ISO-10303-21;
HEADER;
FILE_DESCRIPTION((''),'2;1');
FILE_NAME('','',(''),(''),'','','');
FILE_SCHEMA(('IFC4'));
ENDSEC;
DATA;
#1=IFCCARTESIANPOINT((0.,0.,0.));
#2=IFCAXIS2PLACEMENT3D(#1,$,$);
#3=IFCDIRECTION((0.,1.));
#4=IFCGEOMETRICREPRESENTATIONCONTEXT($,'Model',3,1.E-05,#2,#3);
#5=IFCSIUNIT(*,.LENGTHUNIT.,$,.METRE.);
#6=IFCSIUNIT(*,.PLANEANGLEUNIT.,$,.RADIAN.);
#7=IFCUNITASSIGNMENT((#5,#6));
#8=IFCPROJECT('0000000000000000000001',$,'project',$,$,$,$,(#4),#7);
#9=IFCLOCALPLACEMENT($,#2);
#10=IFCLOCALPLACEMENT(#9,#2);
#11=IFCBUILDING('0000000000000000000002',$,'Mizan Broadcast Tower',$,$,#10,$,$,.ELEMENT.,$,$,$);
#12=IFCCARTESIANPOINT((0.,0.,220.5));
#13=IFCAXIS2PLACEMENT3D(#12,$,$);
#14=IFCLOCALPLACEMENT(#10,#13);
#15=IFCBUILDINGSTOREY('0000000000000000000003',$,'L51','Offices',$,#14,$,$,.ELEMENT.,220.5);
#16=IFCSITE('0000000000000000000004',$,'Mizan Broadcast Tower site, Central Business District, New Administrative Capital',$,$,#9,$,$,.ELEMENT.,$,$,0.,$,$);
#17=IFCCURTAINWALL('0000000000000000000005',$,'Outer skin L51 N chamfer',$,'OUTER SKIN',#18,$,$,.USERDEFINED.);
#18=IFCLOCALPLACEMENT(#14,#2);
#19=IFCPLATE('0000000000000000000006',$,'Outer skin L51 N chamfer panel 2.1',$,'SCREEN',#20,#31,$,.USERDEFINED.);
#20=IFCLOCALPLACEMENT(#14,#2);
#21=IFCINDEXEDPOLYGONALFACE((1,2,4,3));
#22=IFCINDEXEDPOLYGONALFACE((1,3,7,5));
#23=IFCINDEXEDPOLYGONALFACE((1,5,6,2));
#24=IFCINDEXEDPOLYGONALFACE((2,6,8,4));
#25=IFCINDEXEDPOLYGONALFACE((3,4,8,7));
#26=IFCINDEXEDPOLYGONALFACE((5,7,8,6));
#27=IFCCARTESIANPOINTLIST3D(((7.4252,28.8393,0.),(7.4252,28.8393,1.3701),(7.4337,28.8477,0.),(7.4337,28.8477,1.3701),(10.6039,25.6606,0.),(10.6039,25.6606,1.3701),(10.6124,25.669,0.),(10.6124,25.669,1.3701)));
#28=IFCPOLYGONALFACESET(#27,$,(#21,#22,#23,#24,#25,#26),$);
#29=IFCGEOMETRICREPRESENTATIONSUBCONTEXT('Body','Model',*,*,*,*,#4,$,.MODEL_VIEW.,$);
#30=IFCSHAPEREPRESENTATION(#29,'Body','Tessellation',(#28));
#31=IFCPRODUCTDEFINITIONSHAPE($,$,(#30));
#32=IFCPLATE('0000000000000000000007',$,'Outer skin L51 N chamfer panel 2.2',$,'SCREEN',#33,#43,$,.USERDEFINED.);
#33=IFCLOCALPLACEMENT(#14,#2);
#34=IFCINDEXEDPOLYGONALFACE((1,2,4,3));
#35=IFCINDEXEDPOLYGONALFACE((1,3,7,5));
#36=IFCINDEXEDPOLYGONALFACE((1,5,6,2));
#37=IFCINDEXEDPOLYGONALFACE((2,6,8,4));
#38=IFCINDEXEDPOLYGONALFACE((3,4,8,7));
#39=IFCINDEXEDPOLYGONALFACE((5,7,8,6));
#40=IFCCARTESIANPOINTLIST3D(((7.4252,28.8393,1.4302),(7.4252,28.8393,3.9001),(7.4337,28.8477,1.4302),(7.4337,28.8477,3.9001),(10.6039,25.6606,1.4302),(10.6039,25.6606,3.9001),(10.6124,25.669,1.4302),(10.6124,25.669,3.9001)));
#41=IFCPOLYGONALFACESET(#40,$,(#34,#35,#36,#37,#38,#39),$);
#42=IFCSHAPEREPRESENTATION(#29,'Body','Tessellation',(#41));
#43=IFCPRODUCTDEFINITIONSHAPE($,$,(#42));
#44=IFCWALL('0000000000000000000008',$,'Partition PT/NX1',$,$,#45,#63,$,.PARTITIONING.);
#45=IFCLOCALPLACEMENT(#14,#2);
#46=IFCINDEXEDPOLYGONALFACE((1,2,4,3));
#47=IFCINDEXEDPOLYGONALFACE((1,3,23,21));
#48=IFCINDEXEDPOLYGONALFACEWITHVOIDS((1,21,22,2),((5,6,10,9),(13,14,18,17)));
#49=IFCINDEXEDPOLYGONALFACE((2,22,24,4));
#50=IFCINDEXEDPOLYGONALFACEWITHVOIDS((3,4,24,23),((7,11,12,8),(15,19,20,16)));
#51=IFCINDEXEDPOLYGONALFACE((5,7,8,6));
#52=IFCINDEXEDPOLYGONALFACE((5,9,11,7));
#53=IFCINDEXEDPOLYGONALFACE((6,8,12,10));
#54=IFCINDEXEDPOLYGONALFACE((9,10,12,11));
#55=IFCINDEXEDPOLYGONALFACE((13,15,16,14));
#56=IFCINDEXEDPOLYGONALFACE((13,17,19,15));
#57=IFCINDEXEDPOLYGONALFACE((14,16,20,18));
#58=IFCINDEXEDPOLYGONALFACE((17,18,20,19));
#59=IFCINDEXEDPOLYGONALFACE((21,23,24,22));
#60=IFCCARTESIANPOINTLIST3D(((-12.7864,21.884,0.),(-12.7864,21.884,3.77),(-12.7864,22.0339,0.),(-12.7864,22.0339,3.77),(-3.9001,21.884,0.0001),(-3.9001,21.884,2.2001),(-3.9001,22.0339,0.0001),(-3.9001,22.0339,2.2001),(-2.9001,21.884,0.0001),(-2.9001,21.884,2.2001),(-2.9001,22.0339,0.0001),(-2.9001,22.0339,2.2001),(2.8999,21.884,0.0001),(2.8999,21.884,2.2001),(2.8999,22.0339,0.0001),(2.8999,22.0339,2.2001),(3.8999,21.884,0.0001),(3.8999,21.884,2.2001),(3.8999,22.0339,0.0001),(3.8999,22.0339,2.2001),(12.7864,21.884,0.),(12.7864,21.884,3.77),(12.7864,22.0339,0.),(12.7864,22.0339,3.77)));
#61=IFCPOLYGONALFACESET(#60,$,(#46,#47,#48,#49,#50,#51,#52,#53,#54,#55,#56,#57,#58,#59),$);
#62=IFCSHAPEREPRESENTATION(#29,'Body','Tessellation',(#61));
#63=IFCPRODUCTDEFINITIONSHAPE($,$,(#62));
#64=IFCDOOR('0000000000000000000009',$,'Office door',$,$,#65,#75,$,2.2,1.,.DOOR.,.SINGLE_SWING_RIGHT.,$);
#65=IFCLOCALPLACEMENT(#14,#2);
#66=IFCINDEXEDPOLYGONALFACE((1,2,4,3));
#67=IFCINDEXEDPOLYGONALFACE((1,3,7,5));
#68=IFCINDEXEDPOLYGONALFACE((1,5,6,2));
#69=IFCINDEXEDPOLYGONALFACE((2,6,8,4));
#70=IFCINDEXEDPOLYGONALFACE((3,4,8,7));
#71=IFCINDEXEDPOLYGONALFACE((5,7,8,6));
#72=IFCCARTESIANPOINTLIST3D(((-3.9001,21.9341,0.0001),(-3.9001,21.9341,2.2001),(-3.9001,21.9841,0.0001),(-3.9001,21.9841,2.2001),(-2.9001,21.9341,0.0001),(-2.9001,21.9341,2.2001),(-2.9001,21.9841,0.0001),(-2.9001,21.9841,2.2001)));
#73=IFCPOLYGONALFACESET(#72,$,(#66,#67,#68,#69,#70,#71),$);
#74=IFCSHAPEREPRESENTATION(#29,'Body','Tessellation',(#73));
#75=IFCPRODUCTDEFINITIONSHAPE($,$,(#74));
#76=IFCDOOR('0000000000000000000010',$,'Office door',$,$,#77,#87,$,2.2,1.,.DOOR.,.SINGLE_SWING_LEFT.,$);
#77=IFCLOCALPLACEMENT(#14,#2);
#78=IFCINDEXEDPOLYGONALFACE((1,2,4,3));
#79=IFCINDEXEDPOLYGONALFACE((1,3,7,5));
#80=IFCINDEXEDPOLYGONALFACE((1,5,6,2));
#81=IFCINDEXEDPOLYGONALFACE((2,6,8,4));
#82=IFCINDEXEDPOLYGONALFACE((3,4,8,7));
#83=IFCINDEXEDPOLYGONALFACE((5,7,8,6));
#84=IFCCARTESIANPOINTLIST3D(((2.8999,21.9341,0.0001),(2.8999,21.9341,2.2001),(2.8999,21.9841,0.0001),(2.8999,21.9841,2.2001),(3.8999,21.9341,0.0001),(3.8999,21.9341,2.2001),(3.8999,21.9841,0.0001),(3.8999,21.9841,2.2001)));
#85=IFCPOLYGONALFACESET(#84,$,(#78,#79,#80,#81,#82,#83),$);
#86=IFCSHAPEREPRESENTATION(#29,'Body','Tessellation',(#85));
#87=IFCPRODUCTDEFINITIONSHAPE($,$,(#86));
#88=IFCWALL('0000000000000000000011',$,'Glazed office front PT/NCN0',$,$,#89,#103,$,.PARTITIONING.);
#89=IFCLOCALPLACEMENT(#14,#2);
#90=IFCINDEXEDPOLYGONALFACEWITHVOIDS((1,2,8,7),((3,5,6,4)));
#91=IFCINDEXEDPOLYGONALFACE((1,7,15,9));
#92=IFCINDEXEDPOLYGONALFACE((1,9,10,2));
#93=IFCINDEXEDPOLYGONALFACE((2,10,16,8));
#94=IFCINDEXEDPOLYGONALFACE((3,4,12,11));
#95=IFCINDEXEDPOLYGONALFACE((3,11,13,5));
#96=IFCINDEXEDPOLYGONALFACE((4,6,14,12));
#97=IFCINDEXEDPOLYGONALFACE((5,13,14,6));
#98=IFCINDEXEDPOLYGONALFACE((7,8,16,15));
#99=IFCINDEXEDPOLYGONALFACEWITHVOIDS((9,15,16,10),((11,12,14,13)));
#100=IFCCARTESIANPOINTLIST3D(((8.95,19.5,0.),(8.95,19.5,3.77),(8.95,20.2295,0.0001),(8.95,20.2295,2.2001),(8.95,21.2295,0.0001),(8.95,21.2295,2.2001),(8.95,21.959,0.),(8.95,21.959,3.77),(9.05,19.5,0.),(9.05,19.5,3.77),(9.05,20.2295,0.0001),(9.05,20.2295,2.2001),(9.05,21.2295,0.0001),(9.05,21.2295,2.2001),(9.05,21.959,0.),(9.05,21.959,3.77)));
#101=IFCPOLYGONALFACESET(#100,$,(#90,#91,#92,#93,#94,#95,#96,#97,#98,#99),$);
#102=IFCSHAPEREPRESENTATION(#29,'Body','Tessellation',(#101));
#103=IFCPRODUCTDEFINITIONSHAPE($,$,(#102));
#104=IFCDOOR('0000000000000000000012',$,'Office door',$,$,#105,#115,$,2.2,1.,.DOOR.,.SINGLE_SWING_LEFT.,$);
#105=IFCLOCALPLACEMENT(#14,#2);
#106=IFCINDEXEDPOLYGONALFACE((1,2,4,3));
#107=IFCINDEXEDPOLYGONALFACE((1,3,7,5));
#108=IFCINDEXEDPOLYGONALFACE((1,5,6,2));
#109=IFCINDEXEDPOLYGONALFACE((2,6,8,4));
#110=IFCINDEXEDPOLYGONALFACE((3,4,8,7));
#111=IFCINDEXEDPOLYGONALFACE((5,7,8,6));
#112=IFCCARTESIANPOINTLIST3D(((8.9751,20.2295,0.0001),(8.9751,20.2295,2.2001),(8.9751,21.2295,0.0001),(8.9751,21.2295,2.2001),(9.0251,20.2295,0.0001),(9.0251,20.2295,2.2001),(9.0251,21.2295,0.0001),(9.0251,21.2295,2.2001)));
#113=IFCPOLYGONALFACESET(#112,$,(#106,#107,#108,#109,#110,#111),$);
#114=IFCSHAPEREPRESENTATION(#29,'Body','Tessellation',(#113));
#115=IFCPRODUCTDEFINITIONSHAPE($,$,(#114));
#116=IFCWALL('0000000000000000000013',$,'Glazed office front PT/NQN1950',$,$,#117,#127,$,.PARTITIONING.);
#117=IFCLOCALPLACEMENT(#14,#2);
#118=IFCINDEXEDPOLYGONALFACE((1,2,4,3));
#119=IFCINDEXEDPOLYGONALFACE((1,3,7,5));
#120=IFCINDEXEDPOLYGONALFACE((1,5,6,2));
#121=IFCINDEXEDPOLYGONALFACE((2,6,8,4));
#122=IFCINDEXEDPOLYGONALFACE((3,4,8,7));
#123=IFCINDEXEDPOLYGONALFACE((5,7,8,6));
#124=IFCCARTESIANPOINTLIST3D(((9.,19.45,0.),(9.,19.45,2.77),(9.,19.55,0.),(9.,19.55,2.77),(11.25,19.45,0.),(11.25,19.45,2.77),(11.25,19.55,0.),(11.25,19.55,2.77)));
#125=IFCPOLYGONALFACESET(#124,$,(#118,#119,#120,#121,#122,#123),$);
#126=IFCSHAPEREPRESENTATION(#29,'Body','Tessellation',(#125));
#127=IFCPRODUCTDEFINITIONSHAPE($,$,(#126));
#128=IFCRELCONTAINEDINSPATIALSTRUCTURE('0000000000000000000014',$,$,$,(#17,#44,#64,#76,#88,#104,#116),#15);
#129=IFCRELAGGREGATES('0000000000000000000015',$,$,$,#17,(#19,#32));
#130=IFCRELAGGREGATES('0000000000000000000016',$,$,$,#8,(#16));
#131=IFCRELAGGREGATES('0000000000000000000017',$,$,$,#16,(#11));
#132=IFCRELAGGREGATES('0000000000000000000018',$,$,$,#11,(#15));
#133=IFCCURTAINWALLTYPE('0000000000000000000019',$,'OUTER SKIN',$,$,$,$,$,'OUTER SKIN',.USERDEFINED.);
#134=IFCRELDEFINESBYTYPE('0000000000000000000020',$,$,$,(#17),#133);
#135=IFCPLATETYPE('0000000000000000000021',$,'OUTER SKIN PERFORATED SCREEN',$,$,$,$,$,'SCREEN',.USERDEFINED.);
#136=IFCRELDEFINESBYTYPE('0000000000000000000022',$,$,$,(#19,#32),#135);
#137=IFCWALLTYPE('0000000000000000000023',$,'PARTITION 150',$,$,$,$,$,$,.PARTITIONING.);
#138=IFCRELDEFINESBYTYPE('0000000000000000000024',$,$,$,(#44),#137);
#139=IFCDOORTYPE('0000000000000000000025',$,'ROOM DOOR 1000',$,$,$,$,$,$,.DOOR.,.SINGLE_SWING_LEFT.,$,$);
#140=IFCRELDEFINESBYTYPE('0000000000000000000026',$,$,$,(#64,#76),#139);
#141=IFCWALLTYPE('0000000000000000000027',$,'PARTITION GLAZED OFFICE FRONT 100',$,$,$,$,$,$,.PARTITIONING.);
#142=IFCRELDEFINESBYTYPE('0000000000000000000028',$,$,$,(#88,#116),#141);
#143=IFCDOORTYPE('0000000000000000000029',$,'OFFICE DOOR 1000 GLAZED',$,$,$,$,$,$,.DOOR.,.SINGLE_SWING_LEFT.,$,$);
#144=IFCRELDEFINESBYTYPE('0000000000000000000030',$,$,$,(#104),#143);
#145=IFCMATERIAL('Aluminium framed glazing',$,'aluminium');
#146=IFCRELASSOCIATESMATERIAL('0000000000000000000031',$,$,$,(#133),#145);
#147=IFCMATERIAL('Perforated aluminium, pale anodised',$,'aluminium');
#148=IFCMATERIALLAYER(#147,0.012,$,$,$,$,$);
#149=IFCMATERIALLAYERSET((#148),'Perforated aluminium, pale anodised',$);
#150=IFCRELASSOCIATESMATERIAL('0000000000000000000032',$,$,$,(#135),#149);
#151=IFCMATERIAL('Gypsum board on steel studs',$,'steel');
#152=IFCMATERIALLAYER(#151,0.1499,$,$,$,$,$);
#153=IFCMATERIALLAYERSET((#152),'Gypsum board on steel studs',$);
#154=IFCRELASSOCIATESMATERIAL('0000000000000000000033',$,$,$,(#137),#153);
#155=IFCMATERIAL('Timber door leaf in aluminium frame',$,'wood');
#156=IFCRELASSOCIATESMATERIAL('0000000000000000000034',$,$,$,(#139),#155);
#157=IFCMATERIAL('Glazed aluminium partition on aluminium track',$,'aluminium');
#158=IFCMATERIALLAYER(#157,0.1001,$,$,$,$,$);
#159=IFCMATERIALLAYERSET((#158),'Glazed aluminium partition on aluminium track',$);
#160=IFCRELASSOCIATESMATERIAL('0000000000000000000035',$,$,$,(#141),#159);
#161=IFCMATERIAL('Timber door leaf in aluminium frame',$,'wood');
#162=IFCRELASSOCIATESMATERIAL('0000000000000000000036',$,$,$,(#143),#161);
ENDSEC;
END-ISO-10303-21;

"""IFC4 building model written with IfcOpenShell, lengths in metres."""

from ifc_helpers import new_model, si_unit, direction, frame, frame_2d, origin, origin_2d, place, context, subcontext, project, spatial, rectangle, extrude, material, layer, layer_set, type_object, element, fill, aggregate, save


model = new_model("IFC4")

# Units and contexts
model_context = context("Model", 3, precision=1e-05, world=origin(), true_north=direction((0.0, 1.0)))
body_context = subcontext(model_context, "Body", "Model", "MODEL_VIEW")
ifc_project = project(units=[si_unit("LENGTHUNIT", "METRE"), si_unit("PLANEANGLEUNIT", "RADIAN")], contexts=[model_context])

# Site, building, storey
site_placement = place(None, origin())
site = spatial("IfcSite", under=ifc_project, at=site_placement, Name="Mizan Broadcast Tower site, Central Business District, New Administrative Capital", CompositionType="ELEMENT", RefElevation=0.0)
building_placement = place(site_placement, origin())
building = spatial("IfcBuilding", under=site, at=building_placement, Name="Mizan Broadcast Tower", CompositionType="ELEMENT")
storey_placement = place(building_placement, frame((0.0, 0.0, 220.5)))
storey = spatial("IfcBuildingStorey", under=building, at=storey_placement, Name="L51", Description="Offices", CompositionType="ELEMENT", Elevation=220.5)

# Curtain wall
ifc_material_1 = material(Name="Aluminium framed glazing", Category="aluminium")
curtain_wall_type_1 = type_object("IfcCurtainWallType", Name="OUTER SKIN", ElementType="OUTER SKIN", PredefinedType="USERDEFINED", material=ifc_material_1)
curtain_wall_1_placement = place(storey_placement, origin())
curtain_wall_1 = element("IfcCurtainWall", 1, at=curtain_wall_1_placement, inside=storey, type_object=curtain_wall_type_1, Name="Outer skin L51 N chamfer", ObjectType="OUTER SKIN", PredefinedType="USERDEFINED")

# Plates
ifc_material_2 = material(Name="Perforated aluminium, pale anodised", Category="aluminium")
ifc_layer_1 = layer(ifc_material_2, 0.012)
ifc_layer_set_1 = layer_set([ifc_layer_1], Name="Perforated aluminium, pale anodised")
plate_type_1 = type_object("IfcPlateType", Name="OUTER SKIN PERFORATED SCREEN", ElementType="SCREEN", PredefinedType="USERDEFINED", material=ifc_layer_set_1)
plate_1_placement = place(storey_placement, frame((9.0188, 27.2542, 0.0), z_axis=(0.0, 0.0, 1.0), x_axis=(-0.707107, 0.707107, 0.0)))
plate_1 = element("IfcPlate", 2, at=plate_1_placement, type_object=plate_type_1, Name="Outer skin L51 N chamfer panel 2.1", ObjectType="SCREEN", PredefinedType="USERDEFINED", context=body_context, shape_type="SweptSolid", body=[
    extrude(rectangle(XDim=4.4954, YDim=0.012, at=origin_2d()), origin(), (0.0, 0.0, 1.0), 1.3701),
])
plate_2_placement = place(storey_placement, frame((9.0188, 27.2542, 1.4302), z_axis=(0.0, 0.0, 1.0), x_axis=(-0.707107, 0.707107, 0.0)))
plate_2 = element("IfcPlate", 3, at=plate_2_placement, type_object=plate_type_1, Name="Outer skin L51 N chamfer panel 2.2", ObjectType="SCREEN", PredefinedType="USERDEFINED", context=body_context, shape_type="SweptSolid", body=[
    extrude(rectangle(XDim=4.4954, YDim=0.012, at=origin_2d()), origin(), (0.0, 0.0, 1.0), 2.47),
])
aggregate(curtain_wall_1, [plate_1, plate_2])

# Wall, openings, doors
ifc_material_3 = material(Name="Gypsum board on steel studs", Category="steel")
ifc_layer_2 = layer(ifc_material_3, 0.1499)
ifc_layer_set_2 = layer_set([ifc_layer_2], Name="Gypsum board on steel studs")
wall_type_1 = type_object("IfcWallType", Name="PARTITION 150", PredefinedType="PARTITIONING", material=ifc_layer_set_2)
wall_1_placement = place(storey_placement, frame((12.7864, 21.959, 0.0), z_axis=(0.0, 0.0, 1.0), x_axis=(-1.0, 0.0, 0.0)))
wall_1 = element("IfcWall", 4, at=wall_1_placement, inside=storey, type_object=wall_type_1, Name="Partition PT/NX1", PredefinedType="PARTITIONING", context=body_context, shape_type="SweptSolid", body=[
    extrude(rectangle(XDim=25.5728, YDim=0.1499, at=frame_2d((12.7864, 0.0))), origin(), (0.0, 0.0, 1.0), 3.77),
])
opening_1_placement = place(wall_1_placement, frame((15.6865, 0.0, 0.0)))
opening_1 = element("IfcOpeningElement", 5, at=opening_1_placement, cuts=wall_1, PredefinedType="OPENING", context=body_context, shape_type="SweptSolid", body=[
    extrude(rectangle(XDim=1.0, YDim=2.2, at=frame_2d((0.5, 1.1001))), frame((0.0, 0.085, 0.0), z_axis=(0.0, -1.0, 0.0), x_axis=(1.0, 0.0, 0.0)), (0.0, 0.0, 1.0), 0.1699),
])
opening_2_placement = place(wall_1_placement, frame((8.8865, 0.0, 0.0)))
opening_2 = element("IfcOpeningElement", 6, at=opening_2_placement, cuts=wall_1, PredefinedType="OPENING", context=body_context, shape_type="SweptSolid", body=[
    extrude(rectangle(XDim=1.0, YDim=2.2, at=frame_2d((0.5, 1.1001))), frame((0.0, 0.085, 0.0), z_axis=(0.0, -1.0, 0.0), x_axis=(1.0, 0.0, 0.0)), (0.0, 0.0, 1.0), 0.1699),
])
ifc_material_4 = material(Name="Timber door leaf in aluminium frame", Category="wood")
door_type_1 = type_object("IfcDoorType", Name="ROOM DOOR 1000", OperationType="SINGLE_SWING_LEFT", PredefinedType="DOOR", material=ifc_material_4)
door_1_placement = place(opening_1_placement, origin())
door_1 = element("IfcDoor", 7, at=door_1_placement, inside=storey, type_object=door_type_1, Name="Office door", OperationType="SINGLE_SWING_RIGHT", OverallHeight=2.2, OverallWidth=1.0, PredefinedType="DOOR", context=body_context, shape_type="SweptSolid", body=[
    extrude(rectangle(XDim=1.0, YDim=2.2, at=frame_2d((0.5, 1.1001))), frame((0.0, 0.0249, 0.0), z_axis=(0.0, -1.0, 0.0), x_axis=(1.0, 0.0, 0.0)), (0.0, 0.0, 1.0), 0.05),
])
fill(opening_1, door_1)
door_2_placement = place(opening_2_placement, origin())
door_2 = element("IfcDoor", 8, at=door_2_placement, inside=storey, type_object=door_type_1, Name="Office door", OperationType="SINGLE_SWING_LEFT", OverallHeight=2.2, OverallWidth=1.0, PredefinedType="DOOR", context=body_context, shape_type="SweptSolid", body=[
    extrude(rectangle(XDim=1.0, YDim=2.2, at=frame_2d((0.5, 1.1001))), frame((0.0, 0.0249, 0.0), z_axis=(0.0, -1.0, 0.0), x_axis=(1.0, 0.0, 0.0)), (0.0, 0.0, 1.0), 0.05),
])
fill(opening_2, door_2)

# Wall, opening, door
ifc_material_5 = material(Name="Glazed aluminium partition on aluminium track", Category="aluminium")
ifc_layer_3 = layer(ifc_material_5, 0.1001)
ifc_layer_set_3 = layer_set([ifc_layer_3], Name="Glazed aluminium partition on aluminium track")
wall_type_2 = type_object("IfcWallType", Name="PARTITION GLAZED OFFICE FRONT 100", PredefinedType="PARTITIONING", material=ifc_layer_set_3)
wall_2_placement = place(storey_placement, frame((9.0, 19.5, 0.0), z_axis=(0.0, 0.0, 1.0), x_axis=(0.0, 1.0, 0.0)))
wall_2 = element("IfcWall", 9, at=wall_2_placement, inside=storey, type_object=wall_type_2, Name="Glazed office front PT/NCN0", PredefinedType="PARTITIONING", context=body_context, shape_type="SweptSolid", body=[
    extrude(rectangle(XDim=2.459, YDim=0.1001, at=frame_2d((1.2295, 0.0))), origin(), (0.0, 0.0, 1.0), 3.77),
])
opening_3_placement = place(wall_2_placement, frame((0.7295, 0.0, 0.0)))
opening_3 = element("IfcOpeningElement", 10, at=opening_3_placement, cuts=wall_2, PredefinedType="OPENING", context=body_context, shape_type="SweptSolid", body=[
    extrude(rectangle(XDim=1.0, YDim=2.2, at=frame_2d((0.5, 1.1001))), frame((0.0, 0.0601, 0.0), z_axis=(0.0, -1.0, 0.0), x_axis=(1.0, 0.0, 0.0)), (0.0, 0.0, 1.0), 0.1201),
])
ifc_material_6 = material(Name="Timber door leaf in aluminium frame", Category="wood")
door_type_2 = type_object("IfcDoorType", Name="OFFICE DOOR 1000 GLAZED", OperationType="SINGLE_SWING_LEFT", PredefinedType="DOOR", material=ifc_material_6)
door_3_placement = place(opening_3_placement, origin())
door_3 = element("IfcDoor", 11, at=door_3_placement, inside=storey, type_object=door_type_2, Name="Office door", OperationType="SINGLE_SWING_LEFT", OverallHeight=2.2, OverallWidth=1.0, PredefinedType="DOOR", context=body_context, shape_type="SweptSolid", body=[
    extrude(rectangle(XDim=1.0, YDim=2.2, at=frame_2d((0.5, 1.1001))), frame((0.0, 0.0249, 0.0), z_axis=(0.0, -1.0, 0.0), x_axis=(1.0, 0.0, 0.0)), (0.0, 0.0, 1.0), 0.05),
])
fill(opening_3, door_3)

# Wall
wall_3_placement = place(storey_placement, frame((9.0, 19.5, 0.0), z_axis=(0.0, 0.0, 1.0), x_axis=(1.0, 0.0, 0.0)))
element("IfcWall", 12, at=wall_3_placement, inside=storey, type_object=wall_type_2, Name="Glazed office front PT/NQN1950", PredefinedType="PARTITIONING", context=body_context, shape_type="SweptSolid", body=[
    extrude(rectangle(XDim=2.25, YDim=0.1001, at=frame_2d((1.125, 0.0))), origin(), (0.0, 0.0, 1.0), 2.77),
])

save(model, "model.ifc")
